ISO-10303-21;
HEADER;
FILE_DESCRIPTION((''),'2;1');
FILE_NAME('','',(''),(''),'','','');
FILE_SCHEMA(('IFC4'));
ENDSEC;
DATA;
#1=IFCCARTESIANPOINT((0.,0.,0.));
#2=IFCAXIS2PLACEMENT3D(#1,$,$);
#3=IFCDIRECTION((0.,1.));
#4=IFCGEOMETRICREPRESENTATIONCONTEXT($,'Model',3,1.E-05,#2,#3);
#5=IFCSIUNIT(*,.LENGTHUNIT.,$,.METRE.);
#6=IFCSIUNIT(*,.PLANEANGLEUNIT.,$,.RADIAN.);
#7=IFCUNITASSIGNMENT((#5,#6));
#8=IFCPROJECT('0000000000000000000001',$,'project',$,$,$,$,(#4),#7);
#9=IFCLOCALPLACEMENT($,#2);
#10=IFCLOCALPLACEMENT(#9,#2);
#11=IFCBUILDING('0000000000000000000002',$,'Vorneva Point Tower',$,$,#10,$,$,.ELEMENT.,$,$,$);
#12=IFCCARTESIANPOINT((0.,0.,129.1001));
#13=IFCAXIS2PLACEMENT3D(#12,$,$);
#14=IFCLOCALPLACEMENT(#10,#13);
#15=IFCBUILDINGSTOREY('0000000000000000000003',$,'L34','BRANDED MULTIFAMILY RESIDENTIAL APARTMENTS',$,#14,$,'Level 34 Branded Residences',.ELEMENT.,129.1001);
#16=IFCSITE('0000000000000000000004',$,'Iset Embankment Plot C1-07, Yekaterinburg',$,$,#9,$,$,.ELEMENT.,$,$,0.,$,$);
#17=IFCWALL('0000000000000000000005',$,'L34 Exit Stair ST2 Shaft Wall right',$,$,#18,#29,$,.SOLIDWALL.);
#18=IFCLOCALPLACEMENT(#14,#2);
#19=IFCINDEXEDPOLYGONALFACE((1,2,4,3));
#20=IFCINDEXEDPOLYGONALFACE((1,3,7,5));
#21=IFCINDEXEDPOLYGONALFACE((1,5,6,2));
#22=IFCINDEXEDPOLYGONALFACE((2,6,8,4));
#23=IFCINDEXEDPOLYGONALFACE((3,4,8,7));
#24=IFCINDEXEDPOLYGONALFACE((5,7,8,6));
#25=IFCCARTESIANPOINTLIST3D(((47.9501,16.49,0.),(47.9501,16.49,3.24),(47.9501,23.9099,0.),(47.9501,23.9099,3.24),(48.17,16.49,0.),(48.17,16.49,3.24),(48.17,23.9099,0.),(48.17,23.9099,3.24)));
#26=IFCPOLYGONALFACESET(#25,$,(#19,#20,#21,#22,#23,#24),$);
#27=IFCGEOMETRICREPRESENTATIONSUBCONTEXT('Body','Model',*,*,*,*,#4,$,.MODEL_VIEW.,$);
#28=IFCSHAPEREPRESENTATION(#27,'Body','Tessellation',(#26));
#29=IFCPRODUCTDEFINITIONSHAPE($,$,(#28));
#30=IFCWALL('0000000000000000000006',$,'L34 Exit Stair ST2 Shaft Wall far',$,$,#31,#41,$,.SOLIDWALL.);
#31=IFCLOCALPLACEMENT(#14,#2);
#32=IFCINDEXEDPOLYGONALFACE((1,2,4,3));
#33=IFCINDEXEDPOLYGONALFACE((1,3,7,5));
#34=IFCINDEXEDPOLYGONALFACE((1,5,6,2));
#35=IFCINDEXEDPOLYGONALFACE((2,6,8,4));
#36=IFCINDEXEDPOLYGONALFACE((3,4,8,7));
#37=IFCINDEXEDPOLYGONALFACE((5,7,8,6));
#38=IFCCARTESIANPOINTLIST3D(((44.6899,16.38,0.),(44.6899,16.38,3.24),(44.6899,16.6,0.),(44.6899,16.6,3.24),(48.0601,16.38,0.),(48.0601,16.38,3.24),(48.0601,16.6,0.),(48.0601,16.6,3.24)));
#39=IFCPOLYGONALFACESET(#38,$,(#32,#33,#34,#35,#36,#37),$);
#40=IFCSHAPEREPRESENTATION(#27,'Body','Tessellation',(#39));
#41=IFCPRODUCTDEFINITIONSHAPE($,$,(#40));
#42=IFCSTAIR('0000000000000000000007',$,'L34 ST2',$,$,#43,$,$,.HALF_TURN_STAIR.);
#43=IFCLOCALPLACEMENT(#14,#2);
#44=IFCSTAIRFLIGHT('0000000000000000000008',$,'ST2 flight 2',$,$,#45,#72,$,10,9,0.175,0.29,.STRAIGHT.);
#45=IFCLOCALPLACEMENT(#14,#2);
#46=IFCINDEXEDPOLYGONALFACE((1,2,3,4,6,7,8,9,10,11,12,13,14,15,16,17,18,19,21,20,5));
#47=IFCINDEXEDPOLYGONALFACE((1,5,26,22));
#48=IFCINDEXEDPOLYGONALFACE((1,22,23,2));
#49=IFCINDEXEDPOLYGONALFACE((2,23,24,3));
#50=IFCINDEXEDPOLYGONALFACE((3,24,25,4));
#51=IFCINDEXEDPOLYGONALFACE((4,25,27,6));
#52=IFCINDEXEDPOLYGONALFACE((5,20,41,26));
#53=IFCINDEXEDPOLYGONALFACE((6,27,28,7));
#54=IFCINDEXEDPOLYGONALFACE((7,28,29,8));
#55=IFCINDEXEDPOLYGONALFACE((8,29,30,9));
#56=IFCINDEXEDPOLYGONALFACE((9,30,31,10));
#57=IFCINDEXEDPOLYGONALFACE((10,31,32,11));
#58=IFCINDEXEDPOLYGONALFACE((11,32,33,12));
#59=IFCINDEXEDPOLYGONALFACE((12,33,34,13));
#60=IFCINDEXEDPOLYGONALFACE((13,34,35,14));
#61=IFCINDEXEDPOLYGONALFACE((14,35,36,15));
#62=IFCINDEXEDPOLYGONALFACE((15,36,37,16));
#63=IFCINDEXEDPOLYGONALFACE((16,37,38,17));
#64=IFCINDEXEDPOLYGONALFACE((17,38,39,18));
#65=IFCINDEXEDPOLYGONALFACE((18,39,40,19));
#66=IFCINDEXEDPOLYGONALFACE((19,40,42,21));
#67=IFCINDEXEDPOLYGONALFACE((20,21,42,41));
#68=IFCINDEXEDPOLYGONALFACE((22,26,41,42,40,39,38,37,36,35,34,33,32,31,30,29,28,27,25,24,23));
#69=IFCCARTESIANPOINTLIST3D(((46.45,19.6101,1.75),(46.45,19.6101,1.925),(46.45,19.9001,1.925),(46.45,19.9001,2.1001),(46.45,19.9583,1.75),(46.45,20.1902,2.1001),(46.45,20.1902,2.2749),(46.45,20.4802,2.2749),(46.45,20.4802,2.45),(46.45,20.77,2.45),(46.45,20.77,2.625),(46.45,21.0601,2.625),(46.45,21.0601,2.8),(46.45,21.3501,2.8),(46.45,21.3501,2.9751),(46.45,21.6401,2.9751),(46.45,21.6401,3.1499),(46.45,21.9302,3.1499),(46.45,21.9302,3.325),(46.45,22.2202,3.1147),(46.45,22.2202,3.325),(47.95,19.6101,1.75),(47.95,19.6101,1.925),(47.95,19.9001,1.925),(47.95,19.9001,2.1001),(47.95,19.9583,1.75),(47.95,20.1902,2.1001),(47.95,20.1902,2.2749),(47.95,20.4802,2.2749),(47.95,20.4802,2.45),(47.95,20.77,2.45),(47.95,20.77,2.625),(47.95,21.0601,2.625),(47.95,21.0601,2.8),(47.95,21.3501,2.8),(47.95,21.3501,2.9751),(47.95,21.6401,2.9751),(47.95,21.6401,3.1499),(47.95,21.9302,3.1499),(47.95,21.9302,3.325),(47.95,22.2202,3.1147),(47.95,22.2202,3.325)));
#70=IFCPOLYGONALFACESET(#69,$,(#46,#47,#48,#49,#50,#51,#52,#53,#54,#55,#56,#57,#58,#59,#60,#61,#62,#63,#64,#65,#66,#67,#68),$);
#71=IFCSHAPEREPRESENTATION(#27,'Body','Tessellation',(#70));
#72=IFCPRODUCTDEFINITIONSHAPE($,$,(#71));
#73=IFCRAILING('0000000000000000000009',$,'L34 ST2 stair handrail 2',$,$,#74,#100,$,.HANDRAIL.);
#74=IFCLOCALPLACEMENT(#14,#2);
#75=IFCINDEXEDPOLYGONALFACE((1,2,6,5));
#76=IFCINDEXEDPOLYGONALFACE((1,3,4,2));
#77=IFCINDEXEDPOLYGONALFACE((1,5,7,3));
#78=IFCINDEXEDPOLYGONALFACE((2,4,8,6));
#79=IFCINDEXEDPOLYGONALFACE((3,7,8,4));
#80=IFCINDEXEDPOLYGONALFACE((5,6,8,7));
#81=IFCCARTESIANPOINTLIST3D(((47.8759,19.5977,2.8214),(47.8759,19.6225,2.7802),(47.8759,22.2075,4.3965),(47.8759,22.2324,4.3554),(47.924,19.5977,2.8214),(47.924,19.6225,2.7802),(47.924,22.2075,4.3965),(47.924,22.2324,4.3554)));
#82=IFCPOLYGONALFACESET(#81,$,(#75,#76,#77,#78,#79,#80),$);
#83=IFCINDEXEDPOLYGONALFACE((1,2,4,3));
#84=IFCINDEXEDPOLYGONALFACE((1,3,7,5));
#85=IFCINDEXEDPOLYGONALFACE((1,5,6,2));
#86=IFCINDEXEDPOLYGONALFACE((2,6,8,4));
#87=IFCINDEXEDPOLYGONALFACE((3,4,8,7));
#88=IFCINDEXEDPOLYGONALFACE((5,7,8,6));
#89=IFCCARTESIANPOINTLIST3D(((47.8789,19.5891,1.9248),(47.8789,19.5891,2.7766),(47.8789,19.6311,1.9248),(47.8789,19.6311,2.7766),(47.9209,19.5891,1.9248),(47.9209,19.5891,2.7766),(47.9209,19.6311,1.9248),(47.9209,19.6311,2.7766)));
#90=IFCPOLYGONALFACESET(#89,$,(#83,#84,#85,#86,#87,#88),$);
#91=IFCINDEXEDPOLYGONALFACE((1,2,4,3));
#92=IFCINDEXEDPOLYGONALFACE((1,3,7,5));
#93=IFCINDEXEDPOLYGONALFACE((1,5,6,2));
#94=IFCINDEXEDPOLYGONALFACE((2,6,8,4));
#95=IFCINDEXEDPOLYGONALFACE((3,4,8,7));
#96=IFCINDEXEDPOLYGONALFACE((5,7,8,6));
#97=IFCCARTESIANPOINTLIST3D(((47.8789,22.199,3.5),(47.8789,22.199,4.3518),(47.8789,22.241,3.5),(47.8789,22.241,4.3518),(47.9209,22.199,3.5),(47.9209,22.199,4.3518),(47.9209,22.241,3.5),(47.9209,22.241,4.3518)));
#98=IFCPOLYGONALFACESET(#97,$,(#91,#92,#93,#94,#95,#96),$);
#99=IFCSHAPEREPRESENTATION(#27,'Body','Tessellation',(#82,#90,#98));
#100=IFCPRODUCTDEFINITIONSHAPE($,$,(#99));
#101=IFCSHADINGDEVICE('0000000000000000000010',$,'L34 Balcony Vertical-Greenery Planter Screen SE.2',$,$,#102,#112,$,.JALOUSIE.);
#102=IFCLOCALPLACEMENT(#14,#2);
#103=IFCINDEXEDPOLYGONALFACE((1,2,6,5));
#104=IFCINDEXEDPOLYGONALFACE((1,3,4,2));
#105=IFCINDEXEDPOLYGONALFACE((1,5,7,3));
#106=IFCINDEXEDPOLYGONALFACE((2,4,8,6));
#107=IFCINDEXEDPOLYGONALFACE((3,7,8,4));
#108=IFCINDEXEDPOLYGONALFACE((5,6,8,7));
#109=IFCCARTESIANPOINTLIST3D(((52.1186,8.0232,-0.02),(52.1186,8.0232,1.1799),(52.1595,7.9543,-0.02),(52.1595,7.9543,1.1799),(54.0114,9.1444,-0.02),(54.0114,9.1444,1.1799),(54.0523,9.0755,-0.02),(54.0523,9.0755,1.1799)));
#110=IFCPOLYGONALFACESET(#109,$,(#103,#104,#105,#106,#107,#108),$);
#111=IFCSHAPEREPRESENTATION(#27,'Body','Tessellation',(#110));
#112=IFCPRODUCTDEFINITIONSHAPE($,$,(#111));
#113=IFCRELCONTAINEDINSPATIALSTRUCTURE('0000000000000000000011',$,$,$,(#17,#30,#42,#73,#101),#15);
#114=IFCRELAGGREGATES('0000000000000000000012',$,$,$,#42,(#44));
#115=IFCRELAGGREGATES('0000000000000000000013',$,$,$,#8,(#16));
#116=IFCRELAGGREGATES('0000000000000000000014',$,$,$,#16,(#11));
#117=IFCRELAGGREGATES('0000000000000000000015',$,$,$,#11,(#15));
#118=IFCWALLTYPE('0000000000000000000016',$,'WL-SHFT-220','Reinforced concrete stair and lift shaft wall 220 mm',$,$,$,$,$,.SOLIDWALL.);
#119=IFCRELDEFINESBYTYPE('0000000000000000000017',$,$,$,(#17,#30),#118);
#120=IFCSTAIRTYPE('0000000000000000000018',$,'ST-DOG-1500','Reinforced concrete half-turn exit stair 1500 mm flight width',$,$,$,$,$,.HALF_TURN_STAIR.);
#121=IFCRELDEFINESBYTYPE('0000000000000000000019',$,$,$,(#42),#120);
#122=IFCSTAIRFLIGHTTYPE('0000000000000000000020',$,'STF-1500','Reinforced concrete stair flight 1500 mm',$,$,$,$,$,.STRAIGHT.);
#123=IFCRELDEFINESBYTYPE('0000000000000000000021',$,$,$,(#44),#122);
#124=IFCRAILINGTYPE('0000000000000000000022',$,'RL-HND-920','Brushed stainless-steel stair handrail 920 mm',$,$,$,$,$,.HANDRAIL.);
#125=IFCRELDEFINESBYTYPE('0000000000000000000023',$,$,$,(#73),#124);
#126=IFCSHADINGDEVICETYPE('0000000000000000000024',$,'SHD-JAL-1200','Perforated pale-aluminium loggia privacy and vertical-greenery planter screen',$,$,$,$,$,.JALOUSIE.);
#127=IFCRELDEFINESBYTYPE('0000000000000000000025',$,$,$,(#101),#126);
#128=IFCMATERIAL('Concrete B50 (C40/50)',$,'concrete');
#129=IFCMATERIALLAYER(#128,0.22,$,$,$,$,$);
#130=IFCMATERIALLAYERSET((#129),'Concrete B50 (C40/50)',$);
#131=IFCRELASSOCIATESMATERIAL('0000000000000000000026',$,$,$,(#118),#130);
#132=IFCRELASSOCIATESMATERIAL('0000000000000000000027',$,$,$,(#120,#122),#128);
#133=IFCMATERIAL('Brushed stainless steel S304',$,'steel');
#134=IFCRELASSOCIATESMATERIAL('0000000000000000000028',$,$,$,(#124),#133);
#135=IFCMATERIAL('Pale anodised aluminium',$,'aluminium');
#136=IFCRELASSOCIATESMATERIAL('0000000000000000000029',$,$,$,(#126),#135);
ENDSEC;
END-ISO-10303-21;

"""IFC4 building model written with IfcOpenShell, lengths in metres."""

from ifc_helpers import new_model, si_unit, direction, frame, frame_2d, origin, origin_2d, place, context, subcontext, project, spatial, polyline, rectangle, outline, extrude, material, layer, layer_set, type_object, element, aggregate, save


model = new_model("IFC4")

# Units and contexts
model_context = context("Model", 3, precision=1e-05, world=origin(), true_north=direction((0.0, 1.0)))
body_context = subcontext(model_context, "Body", "Model", "MODEL_VIEW")
ifc_project = project(units=[si_unit("LENGTHUNIT", "METRE"), si_unit("PLANEANGLEUNIT", "RADIAN")], contexts=[model_context])

# Site, building, storey
site_placement = place(None, origin())
site = spatial("IfcSite", under=ifc_project, at=site_placement, Name="Iset Embankment Plot C1-07, Yekaterinburg", CompositionType="ELEMENT", RefElevation=0.0)
building_placement = place(site_placement, origin())
building = spatial("IfcBuilding", under=site, at=building_placement, Name="Vorneva Point Tower", CompositionType="ELEMENT")
storey_placement = place(building_placement, frame((0.0, 0.0, 129.1001)))
storey = spatial("IfcBuildingStorey", under=building, at=storey_placement, Name="L34", Description="BRANDED MULTIFAMILY RESIDENTIAL APARTMENTS", LongName="Level 34 Branded Residences", CompositionType="ELEMENT", Elevation=129.1001)

# Shared definitions
ifc_material_1 = material(Name="Pale anodised aluminium", Category="aluminium")

# Walls
ifc_material_2 = material(Name="Concrete B50 (C40/50)", Category="concrete")
ifc_layer_1 = layer(ifc_material_2, 0.22)
ifc_layer_set_1 = layer_set([ifc_layer_1], Name="Concrete B50 (C40/50)")
wall_type_1 = type_object("IfcWallType", Name="WL-SHFT-220", Description="Reinforced concrete stair and lift shaft wall 220 mm", PredefinedType="SOLIDWALL", material=ifc_layer_set_1)
wall_1_placement = place(storey_placement, frame((48.0601, 23.9099, 0.0), z_axis=(0.0, 0.0, 1.0), x_axis=(0.0, -1.0, 0.0)))
element("IfcWall", 1, at=wall_1_placement, inside=storey, type_object=wall_type_1, Name="L34 Exit Stair ST2 Shaft Wall right", PredefinedType="SOLIDWALL", context=body_context, shape_type="SweptSolid", body=[
    extrude(rectangle(XDim=7.4199, YDim=0.22, at=frame_2d((3.71, 0.0))), origin(), (0.0, 0.0, 1.0), 3.24),
])
wall_2_placement = place(storey_placement, frame((48.0601, 16.49, 0.0), z_axis=(0.0, 0.0, 1.0), x_axis=(-1.0, 0.0, 0.0)))
element("IfcWall", 2, at=wall_2_placement, inside=storey, type_object=wall_type_1, Name="L34 Exit Stair ST2 Shaft Wall far", PredefinedType="SOLIDWALL", context=body_context, shape_type="SweptSolid", body=[
    extrude(rectangle(XDim=3.3701, YDim=0.22, at=frame_2d((1.6851, 0.0))), origin(), (0.0, 0.0, 1.0), 3.24),
])

# Stair, stair flight
stair_type = type_object("IfcStairType", Name="ST-DOG-1500", Description="Reinforced concrete half-turn exit stair 1500 mm flight width", PredefinedType="HALF_TURN_STAIR", material=ifc_material_2)
stair_placement = place(storey_placement, origin())
stair = element("IfcStair", 3, at=stair_placement, inside=storey, type_object=stair_type, Name="L34 ST2", PredefinedType="HALF_TURN_STAIR")
stair_flight_type = type_object("IfcStairFlightType", Name="STF-1500", Description="Reinforced concrete stair flight 1500 mm", PredefinedType="STRAIGHT", material=ifc_material_2)
stair_flight_placement = place(storey_placement, frame((47.2, 19.6101, 1.75), z_axis=(0.0, 0.0, 1.0), x_axis=(0.0, 1.0, 0.0)))
stair_flight = element("IfcStairFlight", 4, at=stair_flight_placement, type_object=stair_flight_type, Name="ST2 flight 2", NumberOfRisers=10, NumberOfTreads=9, PredefinedType="STRAIGHT", RiserHeight=0.175, TreadLength=0.29, context=body_context, shape_type="SweptSolid", body=[
    extrude(outline(polyline([(0.0, 0.0), (0.0, 0.175), (0.29, 0.175), (0.29, 0.3501), (0.5801, 0.3501), (0.5801, 0.5249), (0.8701, 0.5249), (0.8701, 0.7), (1.1599, 0.7), (1.1599, 0.875), (1.45, 0.875), (1.45, 1.05), (1.74, 1.05), (1.74, 1.2251), (2.03, 1.2251), (2.03, 1.3999), (2.3201, 1.3999), (2.3201, 1.575), (2.6101, 1.575), (2.6101, 1.75), (2.6101, 1.3647), (0.3481, 0.0), (0.0, 0.0)])), frame((0.0, 0.75, 0.0), z_axis=(0.0, -1.0, 0.0), x_axis=(1.0, 0.0, 0.0)), (0.0, 0.0, 1.0), 1.5),
])
aggregate(stair, [stair_flight])

# Railing
ifc_material_3 = material(Name="Brushed stainless steel S304", Category="steel")
railing_type = type_object("IfcRailingType", Name="RL-HND-920", Description="Brushed stainless-steel stair handrail 920 mm", PredefinedType="HANDRAIL", material=ifc_material_3)
railing_placement = place(storey_placement, frame((47.8999, 19.6101, 1.9248)))
element("IfcRailing", 5, at=railing_placement, inside=storey, type_object=railing_type, Name="L34 ST2 stair handrail 2", PredefinedType="HANDRAIL", context=body_context, shape_type="SweptSolid", body=[
    extrude(rectangle(XDim=0.0481, YDim=0.0481, at=origin_2d()), frame((0.0, 0.0, 0.876), z_axis=(0.0, 0.856147, 0.516732), x_axis=(-1.0, 0.0, 0.0)), (0.0, 0.0, 1.0), 3.0483),
    extrude(rectangle(XDim=0.042, YDim=0.042, at=origin_2d()), origin(), (0.0, 0.0, 1.0), 0.8518),
    extrude(rectangle(XDim=0.042, YDim=0.042, at=origin_2d()), frame((0.0, 2.6099, 1.5752)), (0.0, 0.0, 1.0), 0.8518),
])

# Shading device
shading_device_type = type_object("IfcShadingDeviceType", Name="SHD-JAL-1200", Description="Perforated pale-aluminium loggia privacy and vertical-greenery planter screen", PredefinedType="JALOUSIE", material=ifc_material_1)
shading_device_placement = place(storey_placement, frame((53.0854, 8.5493, -0.02), z_axis=(0.0, 0.0, 1.0), x_axis=(0.860386, 0.509642, 0.0)))
element("IfcShadingDevice", 6, at=shading_device_placement, inside=storey, type_object=shading_device_type, Name="L34 Balcony Vertical-Greenery Planter Screen SE.2", PredefinedType="JALOUSIE", context=body_context, shape_type="SweptSolid", body=[
    extrude(rectangle(XDim=2.2, YDim=0.0801, at=origin_2d()), origin(), (0.0, 0.0, 1.0), 1.2),
])

save(model, "model.ifc")
